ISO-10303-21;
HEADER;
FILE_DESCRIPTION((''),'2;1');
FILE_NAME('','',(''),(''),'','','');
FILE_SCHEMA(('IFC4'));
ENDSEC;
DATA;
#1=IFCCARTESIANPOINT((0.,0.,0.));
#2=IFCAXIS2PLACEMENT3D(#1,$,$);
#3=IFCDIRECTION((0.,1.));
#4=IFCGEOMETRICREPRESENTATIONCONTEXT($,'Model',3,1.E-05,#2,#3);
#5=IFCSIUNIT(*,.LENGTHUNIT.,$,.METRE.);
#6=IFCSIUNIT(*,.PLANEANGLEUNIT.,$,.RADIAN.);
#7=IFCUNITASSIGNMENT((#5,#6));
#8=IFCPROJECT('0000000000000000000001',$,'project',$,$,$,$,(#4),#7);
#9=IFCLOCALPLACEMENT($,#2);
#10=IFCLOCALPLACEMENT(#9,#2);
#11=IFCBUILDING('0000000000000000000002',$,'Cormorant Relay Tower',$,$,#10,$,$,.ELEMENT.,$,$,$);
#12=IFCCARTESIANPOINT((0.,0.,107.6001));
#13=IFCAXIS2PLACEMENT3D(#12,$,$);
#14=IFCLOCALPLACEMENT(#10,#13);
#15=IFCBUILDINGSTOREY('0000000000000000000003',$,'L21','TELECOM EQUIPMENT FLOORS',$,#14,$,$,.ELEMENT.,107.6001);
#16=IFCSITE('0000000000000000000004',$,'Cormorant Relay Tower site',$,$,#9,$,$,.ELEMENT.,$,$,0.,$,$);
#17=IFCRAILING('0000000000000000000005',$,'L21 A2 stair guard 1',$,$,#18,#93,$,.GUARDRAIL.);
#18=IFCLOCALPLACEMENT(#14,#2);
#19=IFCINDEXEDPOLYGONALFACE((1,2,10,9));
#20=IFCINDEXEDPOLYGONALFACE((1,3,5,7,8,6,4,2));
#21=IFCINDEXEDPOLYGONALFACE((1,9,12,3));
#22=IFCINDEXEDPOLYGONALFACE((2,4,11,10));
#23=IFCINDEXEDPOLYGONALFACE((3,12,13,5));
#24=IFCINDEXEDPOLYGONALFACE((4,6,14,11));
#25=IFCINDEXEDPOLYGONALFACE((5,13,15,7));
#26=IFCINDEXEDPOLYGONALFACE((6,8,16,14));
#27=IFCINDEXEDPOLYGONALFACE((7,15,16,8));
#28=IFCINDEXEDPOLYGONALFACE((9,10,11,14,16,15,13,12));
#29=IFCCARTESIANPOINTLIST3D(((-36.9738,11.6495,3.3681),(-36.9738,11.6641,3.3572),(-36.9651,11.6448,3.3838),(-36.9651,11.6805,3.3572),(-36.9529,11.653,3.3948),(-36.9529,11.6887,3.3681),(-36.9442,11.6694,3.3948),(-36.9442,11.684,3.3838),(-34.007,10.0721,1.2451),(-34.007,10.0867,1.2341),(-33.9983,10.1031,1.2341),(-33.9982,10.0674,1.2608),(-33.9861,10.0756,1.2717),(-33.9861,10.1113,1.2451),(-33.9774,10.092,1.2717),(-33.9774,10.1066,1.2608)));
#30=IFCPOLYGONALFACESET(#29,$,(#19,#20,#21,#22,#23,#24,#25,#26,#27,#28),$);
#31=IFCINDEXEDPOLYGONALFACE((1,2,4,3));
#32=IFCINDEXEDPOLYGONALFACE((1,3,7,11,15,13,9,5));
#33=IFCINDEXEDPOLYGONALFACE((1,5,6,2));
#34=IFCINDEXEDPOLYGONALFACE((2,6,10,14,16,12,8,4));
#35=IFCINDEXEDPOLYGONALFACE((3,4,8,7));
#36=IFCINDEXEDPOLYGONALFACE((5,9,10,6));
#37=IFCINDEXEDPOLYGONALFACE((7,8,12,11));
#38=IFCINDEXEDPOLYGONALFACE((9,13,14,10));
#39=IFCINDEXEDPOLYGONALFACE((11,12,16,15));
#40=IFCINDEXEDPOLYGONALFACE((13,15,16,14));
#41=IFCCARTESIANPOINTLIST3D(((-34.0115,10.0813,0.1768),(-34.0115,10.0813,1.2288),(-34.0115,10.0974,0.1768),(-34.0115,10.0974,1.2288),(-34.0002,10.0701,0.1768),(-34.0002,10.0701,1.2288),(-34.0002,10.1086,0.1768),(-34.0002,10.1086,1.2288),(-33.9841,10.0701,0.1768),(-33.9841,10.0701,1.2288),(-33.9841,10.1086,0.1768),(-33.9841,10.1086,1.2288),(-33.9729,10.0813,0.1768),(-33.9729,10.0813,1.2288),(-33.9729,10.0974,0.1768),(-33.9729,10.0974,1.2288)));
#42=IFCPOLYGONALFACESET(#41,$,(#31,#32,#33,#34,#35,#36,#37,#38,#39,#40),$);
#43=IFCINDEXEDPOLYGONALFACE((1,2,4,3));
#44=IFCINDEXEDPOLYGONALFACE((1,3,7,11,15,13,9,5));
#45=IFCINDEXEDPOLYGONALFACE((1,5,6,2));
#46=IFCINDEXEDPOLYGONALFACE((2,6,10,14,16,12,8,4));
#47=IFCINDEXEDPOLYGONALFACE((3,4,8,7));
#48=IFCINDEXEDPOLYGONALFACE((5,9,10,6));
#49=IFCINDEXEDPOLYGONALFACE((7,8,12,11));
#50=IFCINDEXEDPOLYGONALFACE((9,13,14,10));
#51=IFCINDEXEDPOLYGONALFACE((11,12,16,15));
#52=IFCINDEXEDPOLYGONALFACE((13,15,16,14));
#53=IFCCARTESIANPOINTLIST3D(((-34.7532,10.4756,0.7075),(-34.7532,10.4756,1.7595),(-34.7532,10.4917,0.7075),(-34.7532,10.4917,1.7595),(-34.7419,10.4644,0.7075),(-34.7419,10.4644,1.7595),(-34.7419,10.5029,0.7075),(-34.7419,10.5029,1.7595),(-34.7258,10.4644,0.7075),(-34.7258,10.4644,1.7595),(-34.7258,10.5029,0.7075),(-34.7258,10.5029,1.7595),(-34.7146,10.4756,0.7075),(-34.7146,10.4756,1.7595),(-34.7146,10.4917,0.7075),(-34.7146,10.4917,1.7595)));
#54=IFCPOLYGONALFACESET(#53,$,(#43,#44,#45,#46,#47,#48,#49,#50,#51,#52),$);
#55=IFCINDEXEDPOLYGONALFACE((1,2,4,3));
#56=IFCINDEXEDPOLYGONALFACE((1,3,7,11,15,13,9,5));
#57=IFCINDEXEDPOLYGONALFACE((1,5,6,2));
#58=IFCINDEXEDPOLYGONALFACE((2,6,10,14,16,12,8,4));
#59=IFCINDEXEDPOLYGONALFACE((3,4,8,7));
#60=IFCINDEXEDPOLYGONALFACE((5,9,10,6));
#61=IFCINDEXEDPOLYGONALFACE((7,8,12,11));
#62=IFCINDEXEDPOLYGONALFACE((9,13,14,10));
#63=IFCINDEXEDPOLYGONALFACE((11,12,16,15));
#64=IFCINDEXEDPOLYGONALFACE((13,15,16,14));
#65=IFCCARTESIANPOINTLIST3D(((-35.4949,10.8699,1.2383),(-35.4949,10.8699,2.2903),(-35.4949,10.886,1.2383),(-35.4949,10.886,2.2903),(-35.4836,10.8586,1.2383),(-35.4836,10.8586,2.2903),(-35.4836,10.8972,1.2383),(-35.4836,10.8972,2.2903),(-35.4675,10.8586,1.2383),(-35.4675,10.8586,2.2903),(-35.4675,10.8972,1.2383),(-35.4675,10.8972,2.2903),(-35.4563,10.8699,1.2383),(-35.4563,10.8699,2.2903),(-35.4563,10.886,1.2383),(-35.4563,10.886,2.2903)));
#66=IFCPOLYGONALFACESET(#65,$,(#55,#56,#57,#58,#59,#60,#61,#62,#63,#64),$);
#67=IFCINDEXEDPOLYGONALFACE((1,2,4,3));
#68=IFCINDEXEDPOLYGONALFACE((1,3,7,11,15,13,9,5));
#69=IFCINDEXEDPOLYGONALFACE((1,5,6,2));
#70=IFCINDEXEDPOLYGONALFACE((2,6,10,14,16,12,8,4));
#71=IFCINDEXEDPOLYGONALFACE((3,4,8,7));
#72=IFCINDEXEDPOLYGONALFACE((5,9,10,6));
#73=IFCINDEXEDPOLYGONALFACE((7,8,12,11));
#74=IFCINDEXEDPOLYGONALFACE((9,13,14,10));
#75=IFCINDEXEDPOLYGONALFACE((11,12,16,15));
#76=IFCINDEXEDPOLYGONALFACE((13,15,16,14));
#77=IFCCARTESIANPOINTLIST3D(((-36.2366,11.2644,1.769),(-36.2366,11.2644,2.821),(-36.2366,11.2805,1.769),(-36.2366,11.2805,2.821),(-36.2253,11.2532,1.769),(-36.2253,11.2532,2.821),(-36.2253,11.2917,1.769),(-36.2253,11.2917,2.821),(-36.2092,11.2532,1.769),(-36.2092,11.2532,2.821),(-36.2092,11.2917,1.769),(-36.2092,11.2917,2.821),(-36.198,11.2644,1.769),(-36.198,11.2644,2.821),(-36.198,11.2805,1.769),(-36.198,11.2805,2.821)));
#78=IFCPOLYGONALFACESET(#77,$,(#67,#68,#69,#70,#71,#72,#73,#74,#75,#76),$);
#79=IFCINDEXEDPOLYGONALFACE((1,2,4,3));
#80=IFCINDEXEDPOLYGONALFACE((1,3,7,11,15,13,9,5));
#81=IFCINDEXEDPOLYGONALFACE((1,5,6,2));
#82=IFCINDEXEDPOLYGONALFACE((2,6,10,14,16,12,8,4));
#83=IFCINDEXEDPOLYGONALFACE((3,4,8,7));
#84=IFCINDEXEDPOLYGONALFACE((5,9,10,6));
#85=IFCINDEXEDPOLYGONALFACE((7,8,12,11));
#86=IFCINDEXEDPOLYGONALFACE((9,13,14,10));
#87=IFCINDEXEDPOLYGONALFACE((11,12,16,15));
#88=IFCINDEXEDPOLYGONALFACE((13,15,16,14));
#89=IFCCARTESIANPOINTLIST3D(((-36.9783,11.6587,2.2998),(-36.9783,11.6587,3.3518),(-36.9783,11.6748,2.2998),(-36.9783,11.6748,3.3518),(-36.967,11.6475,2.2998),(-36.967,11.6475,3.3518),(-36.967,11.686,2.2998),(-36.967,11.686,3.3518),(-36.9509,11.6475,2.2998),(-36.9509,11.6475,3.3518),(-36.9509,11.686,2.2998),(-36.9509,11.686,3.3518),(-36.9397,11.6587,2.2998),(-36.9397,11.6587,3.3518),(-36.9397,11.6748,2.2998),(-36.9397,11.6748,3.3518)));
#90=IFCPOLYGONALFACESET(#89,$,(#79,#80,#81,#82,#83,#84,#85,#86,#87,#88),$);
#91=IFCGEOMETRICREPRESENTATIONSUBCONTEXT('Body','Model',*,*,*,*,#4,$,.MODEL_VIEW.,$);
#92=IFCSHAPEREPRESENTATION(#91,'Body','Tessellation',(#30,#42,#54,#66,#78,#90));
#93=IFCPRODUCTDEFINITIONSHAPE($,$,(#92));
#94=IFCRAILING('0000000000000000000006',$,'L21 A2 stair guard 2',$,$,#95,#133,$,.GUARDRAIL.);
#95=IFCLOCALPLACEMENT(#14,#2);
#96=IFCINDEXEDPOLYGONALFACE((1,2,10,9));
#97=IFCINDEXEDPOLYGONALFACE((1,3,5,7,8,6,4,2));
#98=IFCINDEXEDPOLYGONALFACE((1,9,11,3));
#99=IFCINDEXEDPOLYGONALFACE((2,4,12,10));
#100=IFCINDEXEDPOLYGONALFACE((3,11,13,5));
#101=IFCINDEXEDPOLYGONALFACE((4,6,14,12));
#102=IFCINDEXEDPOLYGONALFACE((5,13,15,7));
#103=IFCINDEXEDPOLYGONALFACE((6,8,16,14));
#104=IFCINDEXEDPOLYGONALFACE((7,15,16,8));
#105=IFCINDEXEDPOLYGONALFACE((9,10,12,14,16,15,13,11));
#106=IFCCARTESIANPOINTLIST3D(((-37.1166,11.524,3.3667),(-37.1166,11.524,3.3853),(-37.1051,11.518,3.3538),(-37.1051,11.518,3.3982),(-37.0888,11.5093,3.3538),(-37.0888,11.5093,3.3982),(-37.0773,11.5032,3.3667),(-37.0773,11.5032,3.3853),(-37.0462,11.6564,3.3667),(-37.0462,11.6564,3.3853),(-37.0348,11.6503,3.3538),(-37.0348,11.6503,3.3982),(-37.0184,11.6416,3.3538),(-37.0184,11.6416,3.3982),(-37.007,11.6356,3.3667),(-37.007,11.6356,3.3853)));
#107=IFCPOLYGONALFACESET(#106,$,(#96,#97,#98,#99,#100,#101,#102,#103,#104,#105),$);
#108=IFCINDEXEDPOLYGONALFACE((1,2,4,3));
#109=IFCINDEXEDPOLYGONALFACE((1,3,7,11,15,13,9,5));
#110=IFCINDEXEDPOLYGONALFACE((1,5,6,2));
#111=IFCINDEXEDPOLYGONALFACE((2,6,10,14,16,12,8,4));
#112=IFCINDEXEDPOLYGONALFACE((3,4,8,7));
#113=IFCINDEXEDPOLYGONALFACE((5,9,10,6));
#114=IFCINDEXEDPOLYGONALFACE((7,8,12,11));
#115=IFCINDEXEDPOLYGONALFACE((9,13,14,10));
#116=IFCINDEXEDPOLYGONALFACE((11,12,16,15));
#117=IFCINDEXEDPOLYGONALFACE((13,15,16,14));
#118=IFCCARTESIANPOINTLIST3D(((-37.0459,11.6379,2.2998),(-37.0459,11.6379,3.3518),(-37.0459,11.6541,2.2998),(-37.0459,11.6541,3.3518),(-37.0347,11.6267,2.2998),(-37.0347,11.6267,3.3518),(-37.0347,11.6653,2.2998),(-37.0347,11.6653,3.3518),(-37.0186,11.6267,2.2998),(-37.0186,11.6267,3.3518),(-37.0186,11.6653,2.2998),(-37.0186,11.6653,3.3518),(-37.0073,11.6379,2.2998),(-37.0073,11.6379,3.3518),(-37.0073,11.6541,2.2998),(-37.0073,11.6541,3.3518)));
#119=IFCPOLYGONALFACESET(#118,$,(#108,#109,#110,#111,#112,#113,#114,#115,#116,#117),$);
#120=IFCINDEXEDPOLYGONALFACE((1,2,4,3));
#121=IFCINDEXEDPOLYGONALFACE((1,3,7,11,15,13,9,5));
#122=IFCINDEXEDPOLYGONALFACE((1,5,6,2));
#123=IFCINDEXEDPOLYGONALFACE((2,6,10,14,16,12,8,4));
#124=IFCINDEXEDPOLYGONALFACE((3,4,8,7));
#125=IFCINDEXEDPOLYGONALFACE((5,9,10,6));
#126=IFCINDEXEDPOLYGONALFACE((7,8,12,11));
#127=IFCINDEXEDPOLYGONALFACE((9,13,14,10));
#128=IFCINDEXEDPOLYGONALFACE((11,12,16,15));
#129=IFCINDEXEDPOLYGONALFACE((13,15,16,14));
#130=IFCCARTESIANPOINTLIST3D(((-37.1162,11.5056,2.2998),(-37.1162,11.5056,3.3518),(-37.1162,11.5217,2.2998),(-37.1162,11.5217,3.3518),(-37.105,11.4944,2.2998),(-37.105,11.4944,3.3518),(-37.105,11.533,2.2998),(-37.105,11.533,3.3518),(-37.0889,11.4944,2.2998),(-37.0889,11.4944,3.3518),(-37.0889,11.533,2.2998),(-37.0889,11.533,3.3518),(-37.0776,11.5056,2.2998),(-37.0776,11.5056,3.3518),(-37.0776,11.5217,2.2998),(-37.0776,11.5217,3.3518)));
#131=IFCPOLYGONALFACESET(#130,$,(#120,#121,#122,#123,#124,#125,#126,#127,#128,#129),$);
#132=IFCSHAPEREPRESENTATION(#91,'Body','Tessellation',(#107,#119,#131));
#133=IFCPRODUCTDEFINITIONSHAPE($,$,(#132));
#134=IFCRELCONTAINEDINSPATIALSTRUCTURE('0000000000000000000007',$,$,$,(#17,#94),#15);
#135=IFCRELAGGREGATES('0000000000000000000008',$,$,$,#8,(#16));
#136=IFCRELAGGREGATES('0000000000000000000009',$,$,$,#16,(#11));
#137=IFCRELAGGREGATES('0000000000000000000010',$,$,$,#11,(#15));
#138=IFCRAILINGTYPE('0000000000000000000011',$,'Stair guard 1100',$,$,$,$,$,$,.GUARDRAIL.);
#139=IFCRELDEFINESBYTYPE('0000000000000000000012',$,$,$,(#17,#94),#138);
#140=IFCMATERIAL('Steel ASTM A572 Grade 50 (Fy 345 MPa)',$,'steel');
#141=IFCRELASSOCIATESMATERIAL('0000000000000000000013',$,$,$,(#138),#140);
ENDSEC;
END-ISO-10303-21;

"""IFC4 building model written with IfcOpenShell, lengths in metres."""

from ifc_helpers import new_model, si_unit, direction, frame, origin, place, context, subcontext, project, spatial, polyline, outline, extrude, material, type_object, element, save


model = new_model("IFC4")

# Units and contexts
model_context = context("Model", 3, precision=1e-05, world=origin(), true_north=direction((0.0, 1.0)))
body_context = subcontext(model_context, "Body", "Model", "MODEL_VIEW")
ifc_project = project(units=[si_unit("LENGTHUNIT", "METRE"), si_unit("PLANEANGLEUNIT", "RADIAN")], contexts=[model_context])

# Site, building, storey
site_placement = place(None, origin())
site = spatial("IfcSite", under=ifc_project, at=site_placement, Name="Cormorant Relay Tower site", CompositionType="ELEMENT", RefElevation=0.0)
building_placement = place(site_placement, origin())
building = spatial("IfcBuilding", under=site, at=building_placement, Name="Cormorant Relay Tower", CompositionType="ELEMENT")
storey_placement = place(building_placement, frame((0.0, 0.0, 107.6001)))
storey = spatial("IfcBuildingStorey", under=building, at=storey_placement, Name="L21", Description="TELECOM EQUIPMENT FLOORS", CompositionType="ELEMENT", Elevation=107.6001)

# Railings
ifc_material_1 = material(Name="Steel ASTM A572 Grade 50 (Fy 345 MPa)", Category="steel")
railing_type_1 = type_object("IfcRailingType", Name="Stair guard 1100", PredefinedType="GUARDRAIL", material=ifc_material_1)
railing_1_placement = place(storey_placement, frame((-33.9922, 10.0894, 0.1768)))
element("IfcRailing", 1, at=railing_1_placement, inside=storey, type_object=railing_type_1, Name="L21 A2 stair guard 1", PredefinedType="GUARDRAIL", context=body_context, shape_type="SweptSolid", body=[
    extrude(outline(polyline([(0.0222, 0.0093), (0.0093, 0.0222), (-0.0093, 0.0222), (-0.0222, 0.0093), (-0.0222, -0.0093), (-0.0093, -0.0222), (0.0093, -0.0222), (0.0222, -0.0093), (0.0222, 0.0093)])), frame((0.0, 0.0, 1.0762), z_axis=(-0.746441, 0.396869, 0.534155), x_axis=(-0.469453, -0.882958, 0.0)), (0.0, 0.0, 1.0), 3.9746),
    extrude(outline(polyline([(0.0193, 0.0081), (0.0081, 0.0193), (-0.0081, 0.0193), (-0.0193, 0.0081), (-0.0193, -0.0081), (-0.0081, -0.0193), (0.0081, -0.0193), (0.0193, -0.0081), (0.0193, 0.0081)])), origin(), (0.0, 0.0, 1.0), 1.052),
    extrude(outline(polyline([(0.0193, 0.0081), (0.0081, 0.0193), (-0.0081, 0.0193), (-0.0193, 0.0081), (-0.0193, -0.0081), (-0.0081, -0.0193), (0.0081, -0.0193), (0.0193, -0.0081), (0.0193, 0.0081)])), frame((-0.7417, 0.3943, 0.5308)), (0.0, 0.0, 1.0), 1.052),
    extrude(outline(polyline([(0.0193, 0.0081), (0.0081, 0.0193), (-0.0081, 0.0193), (-0.0193, 0.0081), (-0.0193, -0.0081), (-0.0081, -0.0193), (0.0081, -0.0193), (0.0193, -0.0081), (0.0193, 0.0081)])), frame((-1.4834, 0.7886, 1.0615)), (0.0, 0.0, 1.0), 1.052),
    extrude(outline(polyline([(0.0193, 0.0081), (0.0081, 0.0193), (-0.0081, 0.0193), (-0.0193, 0.0081), (-0.0193, -0.0081), (-0.0081, -0.0193), (0.0081, -0.0193), (0.0193, -0.0081), (0.0193, 0.0081)])), frame((-2.2251, 1.1831, 1.5923)), (0.0, 0.0, 1.0), 1.052),
    extrude(outline(polyline([(0.0193, 0.0081), (0.0081, 0.0193), (-0.0081, 0.0193), (-0.0193, 0.0081), (-0.0193, -0.0081), (-0.0081, -0.0193), (0.0081, -0.0193), (0.0193, -0.0081), (0.0193, 0.0081)])), frame((-2.9668, 1.5774, 2.123)), (0.0, 0.0, 1.0), 1.052),
])
railing_2_placement = place(storey_placement, frame((-37.0266, 11.646, 2.2998)))
element("IfcRailing", 2, at=railing_2_placement, inside=storey, type_object=railing_type_1, Name="L21 A2 stair guard 2", PredefinedType="GUARDRAIL", context=body_context, shape_type="SweptSolid", body=[
    extrude(outline(polyline([(0.0222, 0.0093), (0.0093, 0.0222), (-0.0093, 0.0222), (-0.0222, 0.0093), (-0.0222, -0.0093), (-0.0093, -0.0222), (0.0093, -0.0222), (0.0222, -0.0093), (0.0222, 0.0093)])), frame((0.0, 0.0, 1.0762), z_axis=(-0.469235, -0.883074, 0.0), x_axis=(0.883074, -0.469235, 0.0)), (0.0, 0.0, 1.0), 0.1499),
    extrude(outline(polyline([(0.0193, 0.0081), (0.0081, 0.0193), (-0.0081, 0.0193), (-0.0193, 0.0081), (-0.0193, -0.0081), (-0.0081, -0.0193), (0.0081, -0.0193), (0.0193, -0.0081), (0.0193, 0.0081)])), origin(), (0.0, 0.0, 1.0), 1.052),
    extrude(outline(polyline([(0.0193, 0.0081), (0.0081, 0.0193), (-0.0081, 0.0193), (-0.0193, 0.0081), (-0.0193, -0.0081), (-0.0081, -0.0193), (0.0081, -0.0193), (0.0193, -0.0081), (0.0193, 0.0081)])), frame((-0.0703, -0.1323, 0.0)), (0.0, 0.0, 1.0), 1.052),
])

save(model, "model.ifc")
